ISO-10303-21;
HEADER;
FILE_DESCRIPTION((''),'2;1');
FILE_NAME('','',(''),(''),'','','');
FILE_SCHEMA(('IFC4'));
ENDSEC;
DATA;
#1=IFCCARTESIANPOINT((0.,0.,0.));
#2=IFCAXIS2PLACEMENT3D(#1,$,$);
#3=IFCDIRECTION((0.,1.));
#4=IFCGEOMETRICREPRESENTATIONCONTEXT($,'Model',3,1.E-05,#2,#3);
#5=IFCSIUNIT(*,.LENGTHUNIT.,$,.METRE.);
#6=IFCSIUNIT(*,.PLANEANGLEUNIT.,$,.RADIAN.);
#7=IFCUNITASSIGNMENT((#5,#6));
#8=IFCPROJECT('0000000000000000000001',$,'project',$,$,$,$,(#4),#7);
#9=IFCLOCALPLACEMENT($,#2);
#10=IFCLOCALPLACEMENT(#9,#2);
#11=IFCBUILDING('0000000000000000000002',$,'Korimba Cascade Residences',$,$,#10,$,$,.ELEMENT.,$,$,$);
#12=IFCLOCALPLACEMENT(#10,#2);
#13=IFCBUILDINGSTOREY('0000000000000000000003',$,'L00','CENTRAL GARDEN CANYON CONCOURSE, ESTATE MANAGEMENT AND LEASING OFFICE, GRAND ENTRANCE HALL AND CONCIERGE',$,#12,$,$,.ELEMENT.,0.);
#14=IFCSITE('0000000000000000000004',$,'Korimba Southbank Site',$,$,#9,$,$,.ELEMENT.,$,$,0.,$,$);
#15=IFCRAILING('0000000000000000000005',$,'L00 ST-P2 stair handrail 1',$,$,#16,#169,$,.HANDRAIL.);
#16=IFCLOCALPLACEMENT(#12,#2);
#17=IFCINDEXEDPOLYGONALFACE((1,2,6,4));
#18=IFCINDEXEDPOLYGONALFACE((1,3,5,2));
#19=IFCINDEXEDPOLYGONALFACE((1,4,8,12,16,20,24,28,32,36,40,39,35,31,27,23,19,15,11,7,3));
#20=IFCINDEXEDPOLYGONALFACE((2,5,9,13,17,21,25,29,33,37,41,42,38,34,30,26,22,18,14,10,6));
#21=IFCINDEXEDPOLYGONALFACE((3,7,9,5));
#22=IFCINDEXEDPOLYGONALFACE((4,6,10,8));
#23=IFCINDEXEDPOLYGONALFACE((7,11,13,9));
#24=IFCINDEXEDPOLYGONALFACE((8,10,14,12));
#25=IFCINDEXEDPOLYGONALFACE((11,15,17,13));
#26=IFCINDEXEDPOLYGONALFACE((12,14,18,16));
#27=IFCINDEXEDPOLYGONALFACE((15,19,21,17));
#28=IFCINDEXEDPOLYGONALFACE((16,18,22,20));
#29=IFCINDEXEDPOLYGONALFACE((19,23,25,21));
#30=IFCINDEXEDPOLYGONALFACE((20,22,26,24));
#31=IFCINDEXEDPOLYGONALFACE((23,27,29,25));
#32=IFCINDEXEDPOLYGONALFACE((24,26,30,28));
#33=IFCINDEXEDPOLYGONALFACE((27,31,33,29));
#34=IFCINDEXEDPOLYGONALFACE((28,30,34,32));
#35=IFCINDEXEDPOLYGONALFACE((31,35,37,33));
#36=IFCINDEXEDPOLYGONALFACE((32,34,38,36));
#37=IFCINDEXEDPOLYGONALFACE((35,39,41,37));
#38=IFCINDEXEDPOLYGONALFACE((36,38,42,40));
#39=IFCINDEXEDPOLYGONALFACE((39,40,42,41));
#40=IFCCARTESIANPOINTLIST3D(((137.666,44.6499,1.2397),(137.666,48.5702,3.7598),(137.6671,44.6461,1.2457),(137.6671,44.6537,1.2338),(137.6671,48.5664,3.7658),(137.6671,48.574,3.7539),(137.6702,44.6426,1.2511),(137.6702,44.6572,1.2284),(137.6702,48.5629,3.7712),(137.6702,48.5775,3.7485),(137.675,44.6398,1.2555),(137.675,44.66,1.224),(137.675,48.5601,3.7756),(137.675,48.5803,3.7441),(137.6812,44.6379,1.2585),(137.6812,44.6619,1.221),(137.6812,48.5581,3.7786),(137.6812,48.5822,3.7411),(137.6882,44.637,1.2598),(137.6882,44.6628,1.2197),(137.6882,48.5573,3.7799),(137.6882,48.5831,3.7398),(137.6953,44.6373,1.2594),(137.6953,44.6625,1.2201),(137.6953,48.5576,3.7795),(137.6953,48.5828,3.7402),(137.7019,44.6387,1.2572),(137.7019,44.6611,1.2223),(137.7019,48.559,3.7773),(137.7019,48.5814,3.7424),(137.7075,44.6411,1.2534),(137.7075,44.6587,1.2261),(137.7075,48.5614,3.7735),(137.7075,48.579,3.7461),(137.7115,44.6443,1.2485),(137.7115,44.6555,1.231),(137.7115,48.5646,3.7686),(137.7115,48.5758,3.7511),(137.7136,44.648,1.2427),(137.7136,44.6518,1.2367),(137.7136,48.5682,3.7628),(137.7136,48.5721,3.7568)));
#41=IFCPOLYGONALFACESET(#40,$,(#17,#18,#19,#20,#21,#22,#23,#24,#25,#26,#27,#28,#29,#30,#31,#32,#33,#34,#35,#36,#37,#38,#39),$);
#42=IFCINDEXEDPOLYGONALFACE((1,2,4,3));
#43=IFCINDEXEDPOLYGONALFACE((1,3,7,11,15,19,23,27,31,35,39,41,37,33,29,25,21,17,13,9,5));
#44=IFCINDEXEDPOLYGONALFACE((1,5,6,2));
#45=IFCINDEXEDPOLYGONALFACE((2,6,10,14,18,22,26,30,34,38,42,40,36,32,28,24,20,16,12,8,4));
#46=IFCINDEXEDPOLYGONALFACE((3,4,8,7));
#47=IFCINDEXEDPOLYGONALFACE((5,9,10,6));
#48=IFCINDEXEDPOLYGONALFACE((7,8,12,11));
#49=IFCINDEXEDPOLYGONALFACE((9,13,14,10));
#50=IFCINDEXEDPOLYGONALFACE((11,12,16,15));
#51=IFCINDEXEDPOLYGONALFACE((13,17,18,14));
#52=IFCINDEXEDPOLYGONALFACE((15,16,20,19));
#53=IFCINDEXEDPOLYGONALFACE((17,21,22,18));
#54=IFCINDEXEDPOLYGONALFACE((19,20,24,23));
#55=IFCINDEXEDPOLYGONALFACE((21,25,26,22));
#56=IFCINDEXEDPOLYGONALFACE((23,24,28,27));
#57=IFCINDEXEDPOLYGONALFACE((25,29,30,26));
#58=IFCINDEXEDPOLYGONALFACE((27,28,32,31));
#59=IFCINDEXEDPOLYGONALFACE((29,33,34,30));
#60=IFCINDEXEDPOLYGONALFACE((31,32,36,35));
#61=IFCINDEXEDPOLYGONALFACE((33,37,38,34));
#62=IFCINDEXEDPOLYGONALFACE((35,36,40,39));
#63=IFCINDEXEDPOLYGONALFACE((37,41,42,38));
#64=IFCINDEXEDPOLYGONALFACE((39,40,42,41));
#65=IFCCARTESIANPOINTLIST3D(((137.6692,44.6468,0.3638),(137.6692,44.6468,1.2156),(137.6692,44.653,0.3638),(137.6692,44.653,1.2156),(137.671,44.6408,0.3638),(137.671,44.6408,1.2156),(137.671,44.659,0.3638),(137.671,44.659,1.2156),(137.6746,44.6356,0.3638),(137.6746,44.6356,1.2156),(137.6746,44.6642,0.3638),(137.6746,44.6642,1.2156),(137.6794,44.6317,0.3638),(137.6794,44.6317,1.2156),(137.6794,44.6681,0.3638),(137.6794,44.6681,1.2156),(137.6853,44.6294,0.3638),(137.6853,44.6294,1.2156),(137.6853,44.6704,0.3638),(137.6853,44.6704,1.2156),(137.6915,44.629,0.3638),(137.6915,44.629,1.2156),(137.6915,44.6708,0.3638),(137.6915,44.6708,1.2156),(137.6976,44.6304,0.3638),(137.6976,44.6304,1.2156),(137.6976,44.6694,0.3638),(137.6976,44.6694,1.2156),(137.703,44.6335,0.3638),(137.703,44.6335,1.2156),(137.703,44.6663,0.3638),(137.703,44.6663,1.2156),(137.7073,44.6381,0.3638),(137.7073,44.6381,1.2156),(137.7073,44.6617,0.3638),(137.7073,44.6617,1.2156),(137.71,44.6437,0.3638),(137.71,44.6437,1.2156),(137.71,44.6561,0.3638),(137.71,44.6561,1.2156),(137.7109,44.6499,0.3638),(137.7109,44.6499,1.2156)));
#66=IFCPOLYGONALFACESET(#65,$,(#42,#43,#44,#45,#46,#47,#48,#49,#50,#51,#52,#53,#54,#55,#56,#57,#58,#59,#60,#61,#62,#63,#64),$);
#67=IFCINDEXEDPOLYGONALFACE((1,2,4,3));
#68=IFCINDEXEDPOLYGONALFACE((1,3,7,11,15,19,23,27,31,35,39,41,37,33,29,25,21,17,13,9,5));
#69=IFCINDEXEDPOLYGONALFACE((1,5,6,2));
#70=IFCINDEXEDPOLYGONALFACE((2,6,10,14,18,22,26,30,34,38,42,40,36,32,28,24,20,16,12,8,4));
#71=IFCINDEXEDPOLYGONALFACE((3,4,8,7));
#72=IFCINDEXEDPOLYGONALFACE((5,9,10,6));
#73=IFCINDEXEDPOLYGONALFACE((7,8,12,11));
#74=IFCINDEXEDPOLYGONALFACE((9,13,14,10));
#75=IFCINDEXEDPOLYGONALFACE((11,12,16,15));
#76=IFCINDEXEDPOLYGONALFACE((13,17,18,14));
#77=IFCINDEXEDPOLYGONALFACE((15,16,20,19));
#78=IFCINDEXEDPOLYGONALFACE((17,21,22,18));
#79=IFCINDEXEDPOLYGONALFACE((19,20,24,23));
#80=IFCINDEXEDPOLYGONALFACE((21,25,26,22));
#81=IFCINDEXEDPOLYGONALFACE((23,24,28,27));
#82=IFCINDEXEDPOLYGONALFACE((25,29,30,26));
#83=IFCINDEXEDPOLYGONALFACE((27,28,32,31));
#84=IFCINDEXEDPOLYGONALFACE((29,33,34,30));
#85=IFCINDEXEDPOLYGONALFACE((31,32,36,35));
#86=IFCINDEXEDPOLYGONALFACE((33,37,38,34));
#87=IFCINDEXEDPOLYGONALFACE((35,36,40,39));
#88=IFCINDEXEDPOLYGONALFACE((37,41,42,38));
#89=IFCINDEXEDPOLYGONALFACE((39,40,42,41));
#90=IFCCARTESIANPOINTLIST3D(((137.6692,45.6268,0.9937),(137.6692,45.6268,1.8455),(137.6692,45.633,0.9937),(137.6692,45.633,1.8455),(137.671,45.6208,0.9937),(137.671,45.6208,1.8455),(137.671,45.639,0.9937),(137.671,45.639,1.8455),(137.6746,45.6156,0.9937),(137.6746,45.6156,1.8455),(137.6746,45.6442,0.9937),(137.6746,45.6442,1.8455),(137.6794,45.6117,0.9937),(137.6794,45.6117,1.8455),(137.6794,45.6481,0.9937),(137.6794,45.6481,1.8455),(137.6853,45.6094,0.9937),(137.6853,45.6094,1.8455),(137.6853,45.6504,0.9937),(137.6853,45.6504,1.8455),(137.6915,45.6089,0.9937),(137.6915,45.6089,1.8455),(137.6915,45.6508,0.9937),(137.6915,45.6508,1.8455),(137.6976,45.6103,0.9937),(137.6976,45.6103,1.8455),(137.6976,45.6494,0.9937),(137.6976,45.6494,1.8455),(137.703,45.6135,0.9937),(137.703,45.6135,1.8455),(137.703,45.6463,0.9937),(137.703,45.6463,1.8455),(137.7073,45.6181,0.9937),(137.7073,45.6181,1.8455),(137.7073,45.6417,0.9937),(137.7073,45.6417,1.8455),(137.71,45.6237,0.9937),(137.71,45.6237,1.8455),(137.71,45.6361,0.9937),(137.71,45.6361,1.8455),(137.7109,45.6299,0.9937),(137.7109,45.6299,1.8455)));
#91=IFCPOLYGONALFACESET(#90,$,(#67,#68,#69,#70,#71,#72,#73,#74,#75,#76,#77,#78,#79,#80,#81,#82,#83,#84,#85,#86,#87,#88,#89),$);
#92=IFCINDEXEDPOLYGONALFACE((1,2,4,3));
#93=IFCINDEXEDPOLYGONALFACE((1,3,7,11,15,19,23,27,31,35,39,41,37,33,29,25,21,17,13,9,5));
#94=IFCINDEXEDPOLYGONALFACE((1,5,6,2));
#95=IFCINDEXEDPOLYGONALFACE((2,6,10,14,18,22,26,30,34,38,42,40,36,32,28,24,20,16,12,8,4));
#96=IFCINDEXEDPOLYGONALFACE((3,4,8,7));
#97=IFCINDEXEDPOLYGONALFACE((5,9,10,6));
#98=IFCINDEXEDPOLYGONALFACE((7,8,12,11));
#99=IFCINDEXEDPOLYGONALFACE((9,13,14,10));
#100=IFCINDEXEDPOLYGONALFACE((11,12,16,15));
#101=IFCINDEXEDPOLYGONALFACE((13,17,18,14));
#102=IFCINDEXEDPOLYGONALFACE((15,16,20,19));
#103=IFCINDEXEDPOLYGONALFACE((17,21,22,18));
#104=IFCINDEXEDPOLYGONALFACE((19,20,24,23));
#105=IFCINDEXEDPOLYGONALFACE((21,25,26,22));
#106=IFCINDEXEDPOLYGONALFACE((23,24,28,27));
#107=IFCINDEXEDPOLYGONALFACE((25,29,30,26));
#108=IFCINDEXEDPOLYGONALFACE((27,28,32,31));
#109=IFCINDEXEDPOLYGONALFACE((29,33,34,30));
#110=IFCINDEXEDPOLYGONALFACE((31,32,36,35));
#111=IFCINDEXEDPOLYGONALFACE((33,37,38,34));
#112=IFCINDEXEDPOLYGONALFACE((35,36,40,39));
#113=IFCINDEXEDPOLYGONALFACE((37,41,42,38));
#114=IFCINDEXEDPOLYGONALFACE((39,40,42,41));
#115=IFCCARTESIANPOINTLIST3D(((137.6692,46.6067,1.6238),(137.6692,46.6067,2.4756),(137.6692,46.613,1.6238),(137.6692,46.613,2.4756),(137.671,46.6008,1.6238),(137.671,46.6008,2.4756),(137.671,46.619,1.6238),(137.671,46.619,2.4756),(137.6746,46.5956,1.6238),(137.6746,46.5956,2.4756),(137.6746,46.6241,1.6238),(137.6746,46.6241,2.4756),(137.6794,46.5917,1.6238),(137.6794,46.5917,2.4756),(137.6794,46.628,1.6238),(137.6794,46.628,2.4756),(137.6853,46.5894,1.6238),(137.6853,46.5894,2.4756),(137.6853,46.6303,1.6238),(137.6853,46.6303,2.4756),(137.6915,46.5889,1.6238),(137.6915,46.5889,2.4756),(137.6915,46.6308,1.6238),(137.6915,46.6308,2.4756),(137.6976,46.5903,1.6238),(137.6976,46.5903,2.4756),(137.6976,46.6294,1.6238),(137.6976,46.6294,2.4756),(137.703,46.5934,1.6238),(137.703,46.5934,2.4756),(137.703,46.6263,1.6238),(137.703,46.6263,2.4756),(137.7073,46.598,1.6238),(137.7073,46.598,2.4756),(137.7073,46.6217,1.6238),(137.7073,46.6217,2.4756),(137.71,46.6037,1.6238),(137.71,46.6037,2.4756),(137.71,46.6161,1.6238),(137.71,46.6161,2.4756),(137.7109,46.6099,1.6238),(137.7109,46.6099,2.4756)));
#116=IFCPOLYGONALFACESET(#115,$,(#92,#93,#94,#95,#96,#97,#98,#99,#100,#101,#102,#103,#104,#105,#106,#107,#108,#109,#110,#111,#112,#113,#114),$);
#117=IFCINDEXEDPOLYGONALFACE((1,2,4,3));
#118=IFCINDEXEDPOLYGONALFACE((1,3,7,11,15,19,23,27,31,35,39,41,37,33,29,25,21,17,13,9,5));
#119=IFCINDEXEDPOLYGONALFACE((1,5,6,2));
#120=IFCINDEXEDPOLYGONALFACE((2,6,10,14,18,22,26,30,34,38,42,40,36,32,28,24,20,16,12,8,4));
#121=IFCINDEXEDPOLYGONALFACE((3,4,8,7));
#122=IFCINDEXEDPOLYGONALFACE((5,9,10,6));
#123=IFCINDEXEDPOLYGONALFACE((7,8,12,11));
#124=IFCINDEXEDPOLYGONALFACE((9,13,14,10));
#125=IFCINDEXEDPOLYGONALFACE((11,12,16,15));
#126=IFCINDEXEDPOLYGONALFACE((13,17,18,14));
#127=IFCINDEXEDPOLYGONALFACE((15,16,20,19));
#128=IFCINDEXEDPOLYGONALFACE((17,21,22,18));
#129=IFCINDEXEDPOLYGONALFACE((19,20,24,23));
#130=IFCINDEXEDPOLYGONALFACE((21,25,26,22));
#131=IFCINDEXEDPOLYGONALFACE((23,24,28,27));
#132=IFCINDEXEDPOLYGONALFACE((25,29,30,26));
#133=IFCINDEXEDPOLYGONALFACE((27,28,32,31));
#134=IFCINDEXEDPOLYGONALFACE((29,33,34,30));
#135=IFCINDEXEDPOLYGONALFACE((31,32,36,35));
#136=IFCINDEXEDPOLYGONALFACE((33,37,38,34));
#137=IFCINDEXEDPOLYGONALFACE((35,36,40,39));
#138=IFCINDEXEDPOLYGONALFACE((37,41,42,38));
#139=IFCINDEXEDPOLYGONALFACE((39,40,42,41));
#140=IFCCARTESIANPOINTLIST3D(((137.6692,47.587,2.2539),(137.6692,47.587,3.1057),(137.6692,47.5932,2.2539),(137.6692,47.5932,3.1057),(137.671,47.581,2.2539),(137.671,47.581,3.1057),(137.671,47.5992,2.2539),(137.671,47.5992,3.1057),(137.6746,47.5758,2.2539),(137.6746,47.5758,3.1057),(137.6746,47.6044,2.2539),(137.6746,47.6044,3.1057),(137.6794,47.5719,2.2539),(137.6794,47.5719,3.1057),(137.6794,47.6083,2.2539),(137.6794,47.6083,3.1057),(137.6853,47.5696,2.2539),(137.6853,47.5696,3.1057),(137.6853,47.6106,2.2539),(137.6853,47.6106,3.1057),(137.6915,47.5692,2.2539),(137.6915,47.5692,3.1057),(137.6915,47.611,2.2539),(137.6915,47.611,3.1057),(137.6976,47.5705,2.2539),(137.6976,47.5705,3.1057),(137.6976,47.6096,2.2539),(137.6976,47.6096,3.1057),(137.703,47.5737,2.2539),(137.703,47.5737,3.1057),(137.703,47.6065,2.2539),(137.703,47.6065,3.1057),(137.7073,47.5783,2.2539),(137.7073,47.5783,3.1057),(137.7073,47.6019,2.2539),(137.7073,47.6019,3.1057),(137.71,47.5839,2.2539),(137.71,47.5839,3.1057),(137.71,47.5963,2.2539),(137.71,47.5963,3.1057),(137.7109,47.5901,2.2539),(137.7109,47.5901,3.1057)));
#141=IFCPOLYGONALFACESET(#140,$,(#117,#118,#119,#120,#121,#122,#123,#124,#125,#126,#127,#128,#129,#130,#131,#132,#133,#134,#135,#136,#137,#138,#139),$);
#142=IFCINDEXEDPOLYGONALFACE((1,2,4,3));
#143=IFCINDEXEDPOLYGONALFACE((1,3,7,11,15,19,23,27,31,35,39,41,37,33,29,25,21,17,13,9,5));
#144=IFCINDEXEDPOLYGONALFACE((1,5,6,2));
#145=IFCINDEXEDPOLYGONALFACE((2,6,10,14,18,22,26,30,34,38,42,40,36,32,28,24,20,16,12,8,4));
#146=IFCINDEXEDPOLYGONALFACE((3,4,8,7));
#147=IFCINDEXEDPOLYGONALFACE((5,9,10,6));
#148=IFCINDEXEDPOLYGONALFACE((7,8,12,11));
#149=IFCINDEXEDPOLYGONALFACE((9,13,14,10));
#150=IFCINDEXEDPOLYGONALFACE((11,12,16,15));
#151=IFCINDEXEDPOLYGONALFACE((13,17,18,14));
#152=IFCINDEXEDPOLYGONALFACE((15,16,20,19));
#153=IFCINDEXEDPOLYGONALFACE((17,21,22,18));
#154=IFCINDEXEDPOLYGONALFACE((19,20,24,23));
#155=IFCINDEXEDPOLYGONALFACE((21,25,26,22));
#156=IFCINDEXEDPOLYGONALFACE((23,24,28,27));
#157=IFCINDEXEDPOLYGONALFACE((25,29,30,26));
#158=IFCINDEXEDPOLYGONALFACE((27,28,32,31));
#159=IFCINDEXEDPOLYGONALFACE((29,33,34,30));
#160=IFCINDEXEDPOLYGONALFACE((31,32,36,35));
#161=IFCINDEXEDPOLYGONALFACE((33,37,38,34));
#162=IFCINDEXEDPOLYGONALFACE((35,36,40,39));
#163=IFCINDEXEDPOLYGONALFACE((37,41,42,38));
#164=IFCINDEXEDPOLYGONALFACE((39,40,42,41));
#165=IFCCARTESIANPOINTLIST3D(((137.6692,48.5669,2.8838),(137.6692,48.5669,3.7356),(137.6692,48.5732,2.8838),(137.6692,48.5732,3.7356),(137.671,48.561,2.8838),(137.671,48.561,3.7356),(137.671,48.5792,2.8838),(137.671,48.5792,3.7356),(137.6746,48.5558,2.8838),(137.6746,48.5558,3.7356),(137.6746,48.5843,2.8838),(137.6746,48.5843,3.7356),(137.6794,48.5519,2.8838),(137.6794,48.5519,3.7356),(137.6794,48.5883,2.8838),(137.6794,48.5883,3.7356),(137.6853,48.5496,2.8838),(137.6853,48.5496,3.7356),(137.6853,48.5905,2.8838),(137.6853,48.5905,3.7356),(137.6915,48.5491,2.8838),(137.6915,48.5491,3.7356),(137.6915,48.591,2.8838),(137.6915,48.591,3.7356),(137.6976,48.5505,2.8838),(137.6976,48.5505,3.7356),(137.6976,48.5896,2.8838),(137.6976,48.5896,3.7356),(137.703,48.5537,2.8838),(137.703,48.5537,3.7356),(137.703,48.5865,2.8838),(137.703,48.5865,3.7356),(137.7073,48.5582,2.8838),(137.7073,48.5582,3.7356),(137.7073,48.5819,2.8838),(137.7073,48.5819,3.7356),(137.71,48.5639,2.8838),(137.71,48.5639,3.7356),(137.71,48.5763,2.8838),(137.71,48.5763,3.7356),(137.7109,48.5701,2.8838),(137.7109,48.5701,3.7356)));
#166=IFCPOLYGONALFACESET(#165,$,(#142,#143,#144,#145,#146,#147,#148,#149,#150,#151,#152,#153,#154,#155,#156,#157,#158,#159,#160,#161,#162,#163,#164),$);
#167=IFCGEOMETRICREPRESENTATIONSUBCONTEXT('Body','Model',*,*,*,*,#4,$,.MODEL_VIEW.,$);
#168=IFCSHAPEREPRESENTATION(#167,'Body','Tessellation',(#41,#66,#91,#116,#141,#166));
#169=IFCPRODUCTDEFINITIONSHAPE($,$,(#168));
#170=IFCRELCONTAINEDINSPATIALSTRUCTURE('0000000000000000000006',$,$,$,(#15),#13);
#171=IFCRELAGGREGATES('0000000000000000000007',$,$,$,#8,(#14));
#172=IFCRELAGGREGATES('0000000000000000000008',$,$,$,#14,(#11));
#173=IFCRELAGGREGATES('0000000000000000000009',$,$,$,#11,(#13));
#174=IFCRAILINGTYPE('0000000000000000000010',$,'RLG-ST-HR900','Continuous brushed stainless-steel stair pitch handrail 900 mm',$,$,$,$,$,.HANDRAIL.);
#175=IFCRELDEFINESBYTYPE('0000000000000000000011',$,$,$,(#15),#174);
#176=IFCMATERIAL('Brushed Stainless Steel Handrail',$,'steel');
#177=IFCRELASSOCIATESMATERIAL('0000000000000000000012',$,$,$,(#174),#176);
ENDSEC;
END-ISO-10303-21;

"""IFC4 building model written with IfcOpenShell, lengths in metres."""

from ifc_helpers import new_model, si_unit, direction, frame, origin, origin_2d, place, context, subcontext, project, spatial, circle, extrude, material, type_object, element, save


model = new_model("IFC4")

# Units and contexts
model_context = context("Model", 3, precision=1e-05, world=origin(), true_north=direction((0.0, 1.0)))
body_context = subcontext(model_context, "Body", "Model", "MODEL_VIEW")
ifc_project = project(units=[si_unit("LENGTHUNIT", "METRE"), si_unit("PLANEANGLEUNIT", "RADIAN")], contexts=[model_context])

# Site, building, storey
site_placement = place(None, origin())
site = spatial("IfcSite", under=ifc_project, at=site_placement, Name="Korimba Southbank Site", CompositionType="ELEMENT", RefElevation=0.0)
building_placement = place(site_placement, origin())
building = spatial("IfcBuilding", under=site, at=building_placement, Name="Korimba Cascade Residences", CompositionType="ELEMENT")
storey_placement = place(building_placement, origin())
storey = spatial("IfcBuildingStorey", under=building, at=storey_placement, Name="L00", Description="CENTRAL GARDEN CANYON CONCOURSE, ESTATE MANAGEMENT AND LEASING OFFICE, GRAND ENTRANCE HALL AND CONCIERGE", CompositionType="ELEMENT", Elevation=0.0)

# Railing
ifc_material_1 = material(Name="Brushed Stainless Steel Handrail", Category="steel")
railing_type_1 = type_object("IfcRailingType", Name="RLG-ST-HR900", Description="Continuous brushed stainless-steel stair pitch handrail 900 mm", PredefinedType="HANDRAIL", material=ifc_material_1)
railing_1_placement = place(storey_placement, frame((137.6899, 44.6499, 0.3638)))
element("IfcRailing", 1, at=railing_1_placement, inside=storey, type_object=railing_type_1, Name="L00 ST-P2 stair handrail 1", PredefinedType="HANDRAIL", context=body_context, shape_type="SweptSolid", body=[
    extrude(circle(Radius=0.0239, at=origin_2d()), frame((0.0, 0.0, 0.876), z_axis=(0.0, 0.841187, 0.540744), x_axis=(-1.0, 0.0, 0.0)), (0.0, 0.0, 1.0), 4.6604),
    extrude(circle(Radius=0.021, at=origin_2d()), origin(), (0.0, 0.0, 1.0), 0.8518),
    extrude(circle(Radius=0.021, at=origin_2d()), frame((0.0, 0.98, 0.6299)), (0.0, 0.0, 1.0), 0.8518),
    extrude(circle(Radius=0.021, at=origin_2d()), frame((0.0, 1.96, 1.26)), (0.0, 0.0, 1.0), 0.8518),
    extrude(circle(Radius=0.021, at=origin_2d()), frame((0.0, 2.9402, 1.8901)), (0.0, 0.0, 1.0), 0.8518),
    extrude(circle(Radius=0.021, at=origin_2d()), frame((0.0, 3.9202, 2.52)), (0.0, 0.0, 1.0), 0.8518),
])

save(model, "model.ifc")
